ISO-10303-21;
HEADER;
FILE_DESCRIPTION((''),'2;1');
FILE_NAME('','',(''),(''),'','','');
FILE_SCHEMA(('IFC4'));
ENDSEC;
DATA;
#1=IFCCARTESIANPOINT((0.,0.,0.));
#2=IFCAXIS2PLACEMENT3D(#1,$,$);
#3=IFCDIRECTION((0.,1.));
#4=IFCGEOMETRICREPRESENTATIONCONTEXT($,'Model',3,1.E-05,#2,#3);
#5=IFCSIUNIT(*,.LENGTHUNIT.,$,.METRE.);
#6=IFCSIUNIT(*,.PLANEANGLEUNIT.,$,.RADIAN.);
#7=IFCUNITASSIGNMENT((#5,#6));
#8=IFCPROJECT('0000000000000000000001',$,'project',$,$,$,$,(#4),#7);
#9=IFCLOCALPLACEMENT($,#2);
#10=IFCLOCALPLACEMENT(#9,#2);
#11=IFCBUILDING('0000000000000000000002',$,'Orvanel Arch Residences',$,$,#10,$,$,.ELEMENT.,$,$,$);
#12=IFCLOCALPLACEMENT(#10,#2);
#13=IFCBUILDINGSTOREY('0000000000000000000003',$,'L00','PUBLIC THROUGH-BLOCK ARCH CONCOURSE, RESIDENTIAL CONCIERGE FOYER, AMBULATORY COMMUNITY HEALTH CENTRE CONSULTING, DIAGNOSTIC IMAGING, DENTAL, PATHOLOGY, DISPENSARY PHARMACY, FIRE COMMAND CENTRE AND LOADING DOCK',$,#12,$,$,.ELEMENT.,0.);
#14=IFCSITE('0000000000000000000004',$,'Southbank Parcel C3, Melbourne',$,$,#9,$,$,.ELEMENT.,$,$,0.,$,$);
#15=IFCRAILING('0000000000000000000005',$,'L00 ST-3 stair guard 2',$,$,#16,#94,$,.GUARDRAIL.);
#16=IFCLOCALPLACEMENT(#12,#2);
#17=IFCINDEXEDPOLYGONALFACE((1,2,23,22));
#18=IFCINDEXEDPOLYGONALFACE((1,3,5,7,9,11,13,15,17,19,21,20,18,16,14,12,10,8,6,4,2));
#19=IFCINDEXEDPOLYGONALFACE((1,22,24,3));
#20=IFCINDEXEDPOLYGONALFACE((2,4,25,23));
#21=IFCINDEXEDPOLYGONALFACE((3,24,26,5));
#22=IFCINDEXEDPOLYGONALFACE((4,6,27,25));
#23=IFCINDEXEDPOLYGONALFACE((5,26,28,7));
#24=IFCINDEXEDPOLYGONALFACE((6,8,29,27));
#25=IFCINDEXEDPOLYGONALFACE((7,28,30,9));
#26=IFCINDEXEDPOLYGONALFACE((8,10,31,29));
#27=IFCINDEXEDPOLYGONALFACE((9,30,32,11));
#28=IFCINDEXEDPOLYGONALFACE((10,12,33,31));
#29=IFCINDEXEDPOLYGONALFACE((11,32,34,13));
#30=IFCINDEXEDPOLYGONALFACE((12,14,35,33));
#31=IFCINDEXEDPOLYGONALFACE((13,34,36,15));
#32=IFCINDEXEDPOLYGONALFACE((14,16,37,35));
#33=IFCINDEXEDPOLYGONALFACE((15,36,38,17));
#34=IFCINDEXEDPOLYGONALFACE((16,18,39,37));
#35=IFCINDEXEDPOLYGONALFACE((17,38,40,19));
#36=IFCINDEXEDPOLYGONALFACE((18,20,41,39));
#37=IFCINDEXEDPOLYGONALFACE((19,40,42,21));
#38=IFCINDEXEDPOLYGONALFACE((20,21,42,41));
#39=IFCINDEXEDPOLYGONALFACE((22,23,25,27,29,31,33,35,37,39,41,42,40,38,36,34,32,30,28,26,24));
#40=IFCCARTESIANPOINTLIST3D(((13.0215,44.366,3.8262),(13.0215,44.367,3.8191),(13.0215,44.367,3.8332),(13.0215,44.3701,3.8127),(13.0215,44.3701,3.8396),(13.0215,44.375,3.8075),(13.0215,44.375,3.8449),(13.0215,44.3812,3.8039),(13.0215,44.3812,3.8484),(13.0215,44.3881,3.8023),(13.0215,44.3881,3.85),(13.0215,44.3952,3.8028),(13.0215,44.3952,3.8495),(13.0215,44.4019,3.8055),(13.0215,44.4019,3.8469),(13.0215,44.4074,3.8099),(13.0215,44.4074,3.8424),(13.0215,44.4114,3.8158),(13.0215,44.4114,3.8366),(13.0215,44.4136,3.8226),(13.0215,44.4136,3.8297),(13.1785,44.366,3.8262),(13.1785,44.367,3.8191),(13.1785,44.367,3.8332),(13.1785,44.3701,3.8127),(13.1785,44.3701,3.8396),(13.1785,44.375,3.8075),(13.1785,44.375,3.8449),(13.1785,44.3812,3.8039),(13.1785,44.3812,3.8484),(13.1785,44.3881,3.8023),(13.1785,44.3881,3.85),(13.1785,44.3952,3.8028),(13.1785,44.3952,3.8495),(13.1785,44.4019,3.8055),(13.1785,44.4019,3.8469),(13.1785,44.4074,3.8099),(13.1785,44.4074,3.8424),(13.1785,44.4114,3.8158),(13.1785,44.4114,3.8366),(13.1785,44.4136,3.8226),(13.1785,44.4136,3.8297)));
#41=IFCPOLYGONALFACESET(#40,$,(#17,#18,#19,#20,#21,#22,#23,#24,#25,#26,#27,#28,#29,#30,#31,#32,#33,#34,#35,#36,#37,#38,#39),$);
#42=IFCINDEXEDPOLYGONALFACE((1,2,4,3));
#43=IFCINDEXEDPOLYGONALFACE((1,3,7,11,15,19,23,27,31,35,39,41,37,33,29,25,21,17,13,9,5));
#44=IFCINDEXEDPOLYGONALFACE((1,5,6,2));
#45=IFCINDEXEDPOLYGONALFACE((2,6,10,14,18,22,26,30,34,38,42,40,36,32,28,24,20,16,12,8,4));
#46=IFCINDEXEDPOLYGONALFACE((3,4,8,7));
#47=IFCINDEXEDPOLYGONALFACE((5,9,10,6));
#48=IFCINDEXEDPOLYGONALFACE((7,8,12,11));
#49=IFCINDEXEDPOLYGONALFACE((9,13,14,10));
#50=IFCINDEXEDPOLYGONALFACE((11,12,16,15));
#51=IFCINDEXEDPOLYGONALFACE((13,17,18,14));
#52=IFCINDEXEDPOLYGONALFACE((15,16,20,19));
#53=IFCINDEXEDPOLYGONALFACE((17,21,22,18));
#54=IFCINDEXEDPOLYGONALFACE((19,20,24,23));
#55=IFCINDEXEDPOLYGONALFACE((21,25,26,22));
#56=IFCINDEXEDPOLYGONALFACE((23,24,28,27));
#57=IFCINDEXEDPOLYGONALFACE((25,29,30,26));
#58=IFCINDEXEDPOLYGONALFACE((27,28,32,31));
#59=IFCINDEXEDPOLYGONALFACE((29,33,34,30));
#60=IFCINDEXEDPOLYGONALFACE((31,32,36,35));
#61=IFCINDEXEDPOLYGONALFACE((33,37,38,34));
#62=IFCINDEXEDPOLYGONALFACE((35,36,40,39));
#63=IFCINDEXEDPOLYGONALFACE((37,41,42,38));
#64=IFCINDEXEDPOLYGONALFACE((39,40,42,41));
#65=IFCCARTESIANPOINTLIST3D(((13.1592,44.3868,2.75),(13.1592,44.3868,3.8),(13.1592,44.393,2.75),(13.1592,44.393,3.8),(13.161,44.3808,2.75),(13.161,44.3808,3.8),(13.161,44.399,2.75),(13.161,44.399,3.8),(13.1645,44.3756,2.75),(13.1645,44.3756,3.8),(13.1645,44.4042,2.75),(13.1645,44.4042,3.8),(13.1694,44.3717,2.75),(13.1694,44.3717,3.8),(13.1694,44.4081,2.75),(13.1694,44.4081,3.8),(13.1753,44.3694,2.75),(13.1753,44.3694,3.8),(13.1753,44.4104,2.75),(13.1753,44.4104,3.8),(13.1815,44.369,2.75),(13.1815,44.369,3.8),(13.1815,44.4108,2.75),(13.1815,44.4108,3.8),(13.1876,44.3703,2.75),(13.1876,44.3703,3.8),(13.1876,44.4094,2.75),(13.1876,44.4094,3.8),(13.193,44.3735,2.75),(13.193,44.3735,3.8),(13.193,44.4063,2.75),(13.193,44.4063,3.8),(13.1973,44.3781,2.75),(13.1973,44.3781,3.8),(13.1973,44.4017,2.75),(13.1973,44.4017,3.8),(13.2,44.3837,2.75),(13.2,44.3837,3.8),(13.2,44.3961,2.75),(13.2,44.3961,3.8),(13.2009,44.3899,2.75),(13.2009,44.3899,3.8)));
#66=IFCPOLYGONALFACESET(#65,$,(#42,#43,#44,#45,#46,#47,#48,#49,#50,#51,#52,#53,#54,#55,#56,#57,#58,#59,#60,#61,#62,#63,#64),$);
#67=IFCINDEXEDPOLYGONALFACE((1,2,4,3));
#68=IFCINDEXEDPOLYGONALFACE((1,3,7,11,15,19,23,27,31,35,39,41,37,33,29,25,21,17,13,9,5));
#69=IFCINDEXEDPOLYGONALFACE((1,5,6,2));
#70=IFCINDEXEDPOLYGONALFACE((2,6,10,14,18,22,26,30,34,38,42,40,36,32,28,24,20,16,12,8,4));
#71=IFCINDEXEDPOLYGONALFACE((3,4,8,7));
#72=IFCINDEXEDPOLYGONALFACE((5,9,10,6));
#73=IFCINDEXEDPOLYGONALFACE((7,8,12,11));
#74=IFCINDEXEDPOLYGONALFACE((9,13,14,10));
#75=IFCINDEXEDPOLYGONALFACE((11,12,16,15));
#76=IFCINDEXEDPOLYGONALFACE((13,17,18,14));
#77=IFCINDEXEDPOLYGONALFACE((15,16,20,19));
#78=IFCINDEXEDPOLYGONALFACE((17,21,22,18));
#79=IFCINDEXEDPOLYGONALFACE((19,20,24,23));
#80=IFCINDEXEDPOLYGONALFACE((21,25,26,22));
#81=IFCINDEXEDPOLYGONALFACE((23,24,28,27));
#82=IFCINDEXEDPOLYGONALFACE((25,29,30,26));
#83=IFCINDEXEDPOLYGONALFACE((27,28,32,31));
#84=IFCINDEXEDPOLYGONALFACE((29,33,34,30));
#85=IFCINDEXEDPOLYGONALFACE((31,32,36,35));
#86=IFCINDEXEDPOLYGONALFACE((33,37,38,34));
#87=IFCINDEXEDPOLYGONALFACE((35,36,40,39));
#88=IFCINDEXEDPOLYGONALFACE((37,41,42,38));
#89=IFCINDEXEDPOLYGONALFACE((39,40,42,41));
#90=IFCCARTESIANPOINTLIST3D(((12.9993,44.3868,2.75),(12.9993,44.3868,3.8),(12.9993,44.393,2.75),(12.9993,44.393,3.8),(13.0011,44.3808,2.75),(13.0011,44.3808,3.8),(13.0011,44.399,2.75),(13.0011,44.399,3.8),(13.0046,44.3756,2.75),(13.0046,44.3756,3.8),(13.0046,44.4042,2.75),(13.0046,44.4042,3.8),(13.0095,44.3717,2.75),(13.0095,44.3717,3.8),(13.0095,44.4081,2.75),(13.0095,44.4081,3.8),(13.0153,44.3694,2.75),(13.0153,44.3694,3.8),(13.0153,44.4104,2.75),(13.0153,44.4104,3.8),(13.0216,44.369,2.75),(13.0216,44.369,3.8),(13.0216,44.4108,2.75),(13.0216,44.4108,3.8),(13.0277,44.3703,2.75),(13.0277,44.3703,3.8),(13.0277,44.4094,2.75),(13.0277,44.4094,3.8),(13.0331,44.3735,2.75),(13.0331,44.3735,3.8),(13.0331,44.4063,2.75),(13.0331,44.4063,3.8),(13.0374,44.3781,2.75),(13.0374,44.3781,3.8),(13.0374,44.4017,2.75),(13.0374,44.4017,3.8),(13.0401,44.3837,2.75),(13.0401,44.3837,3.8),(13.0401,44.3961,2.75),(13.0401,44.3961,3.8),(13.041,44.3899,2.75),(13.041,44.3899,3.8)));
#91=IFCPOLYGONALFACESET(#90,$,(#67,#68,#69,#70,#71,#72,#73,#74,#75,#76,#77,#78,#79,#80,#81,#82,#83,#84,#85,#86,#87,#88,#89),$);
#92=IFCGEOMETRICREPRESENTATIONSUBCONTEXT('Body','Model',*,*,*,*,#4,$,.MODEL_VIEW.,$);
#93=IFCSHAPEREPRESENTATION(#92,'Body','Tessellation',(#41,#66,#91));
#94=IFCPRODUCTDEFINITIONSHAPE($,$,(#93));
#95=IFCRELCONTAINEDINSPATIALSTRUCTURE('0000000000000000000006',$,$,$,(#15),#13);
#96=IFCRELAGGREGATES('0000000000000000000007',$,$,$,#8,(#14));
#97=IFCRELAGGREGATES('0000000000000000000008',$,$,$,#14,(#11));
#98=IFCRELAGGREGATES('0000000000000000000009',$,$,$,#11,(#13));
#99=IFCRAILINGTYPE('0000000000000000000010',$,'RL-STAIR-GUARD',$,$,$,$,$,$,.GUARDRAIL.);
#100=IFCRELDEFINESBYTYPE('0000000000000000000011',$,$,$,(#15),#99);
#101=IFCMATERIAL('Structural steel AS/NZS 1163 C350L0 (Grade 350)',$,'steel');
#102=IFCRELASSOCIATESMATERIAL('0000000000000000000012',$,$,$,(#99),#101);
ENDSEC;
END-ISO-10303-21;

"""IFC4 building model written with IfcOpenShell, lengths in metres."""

from ifc_helpers import new_model, si_unit, direction, frame, origin, origin_2d, place, context, subcontext, project, spatial, circle, extrude, material, type_object, element, save


model = new_model("IFC4")

# Units and contexts
model_context = context("Model", 3, precision=1e-05, world=origin(), true_north=direction((0.0, 1.0)))
body_context = subcontext(model_context, "Body", "Model", "MODEL_VIEW")
ifc_project = project(units=[si_unit("LENGTHUNIT", "METRE"), si_unit("PLANEANGLEUNIT", "RADIAN")], contexts=[model_context])

# Site, building, storey
site_placement = place(None, origin())
site = spatial("IfcSite", under=ifc_project, at=site_placement, Name="Southbank Parcel C3, Melbourne", CompositionType="ELEMENT", RefElevation=0.0)
building_placement = place(site_placement, origin())
building = spatial("IfcBuilding", under=site, at=building_placement, Name="Orvanel Arch Residences", CompositionType="ELEMENT")
storey_placement = place(building_placement, origin())
storey = spatial("IfcBuildingStorey", under=building, at=storey_placement, Name="L00", Description="PUBLIC THROUGH-BLOCK ARCH CONCOURSE, RESIDENTIAL CONCIERGE FOYER, AMBULATORY COMMUNITY HEALTH CENTRE CONSULTING, DIAGNOSTIC IMAGING, DENTAL, PATHOLOGY, DISPENSARY PHARMACY, FIRE COMMAND CENTRE AND LOADING DOCK", CompositionType="ELEMENT", Elevation=0.0)

# Shared definitions
ifc_material_1 = material(Name="Structural steel AS/NZS 1163 C350L0 (Grade 350)", Category="steel")

# Railing
railing_type_1 = type_object("IfcRailingType", Name="RL-STAIR-GUARD", PredefinedType="GUARDRAIL", material=ifc_material_1)
railing_1_placement = place(storey_placement, frame((13.1799, 44.3899, 2.75)))
element("IfcRailing", 1, at=railing_1_placement, inside=storey, type_object=railing_type_1, Name="L00 ST-3 stair guard 2", PredefinedType="GUARDRAIL", context=body_context, shape_type="SweptSolid", body=[
    extrude(circle(Radius=0.0239, at=origin_2d()), frame((-0.0015, 0.0, 1.0762), z_axis=(-1.0, 0.0, 0.0), x_axis=(0.0, -1.0, 0.0)), (0.0, 0.0, 1.0), 0.157),
    extrude(circle(Radius=0.021, at=origin_2d()), origin(), (0.0, 0.0, 1.0), 1.05),
    extrude(circle(Radius=0.021, at=origin_2d()), frame((-0.1599, 0.0, 0.0)), (0.0, 0.0, 1.0), 1.05),
])

save(model, "model.ifc")
